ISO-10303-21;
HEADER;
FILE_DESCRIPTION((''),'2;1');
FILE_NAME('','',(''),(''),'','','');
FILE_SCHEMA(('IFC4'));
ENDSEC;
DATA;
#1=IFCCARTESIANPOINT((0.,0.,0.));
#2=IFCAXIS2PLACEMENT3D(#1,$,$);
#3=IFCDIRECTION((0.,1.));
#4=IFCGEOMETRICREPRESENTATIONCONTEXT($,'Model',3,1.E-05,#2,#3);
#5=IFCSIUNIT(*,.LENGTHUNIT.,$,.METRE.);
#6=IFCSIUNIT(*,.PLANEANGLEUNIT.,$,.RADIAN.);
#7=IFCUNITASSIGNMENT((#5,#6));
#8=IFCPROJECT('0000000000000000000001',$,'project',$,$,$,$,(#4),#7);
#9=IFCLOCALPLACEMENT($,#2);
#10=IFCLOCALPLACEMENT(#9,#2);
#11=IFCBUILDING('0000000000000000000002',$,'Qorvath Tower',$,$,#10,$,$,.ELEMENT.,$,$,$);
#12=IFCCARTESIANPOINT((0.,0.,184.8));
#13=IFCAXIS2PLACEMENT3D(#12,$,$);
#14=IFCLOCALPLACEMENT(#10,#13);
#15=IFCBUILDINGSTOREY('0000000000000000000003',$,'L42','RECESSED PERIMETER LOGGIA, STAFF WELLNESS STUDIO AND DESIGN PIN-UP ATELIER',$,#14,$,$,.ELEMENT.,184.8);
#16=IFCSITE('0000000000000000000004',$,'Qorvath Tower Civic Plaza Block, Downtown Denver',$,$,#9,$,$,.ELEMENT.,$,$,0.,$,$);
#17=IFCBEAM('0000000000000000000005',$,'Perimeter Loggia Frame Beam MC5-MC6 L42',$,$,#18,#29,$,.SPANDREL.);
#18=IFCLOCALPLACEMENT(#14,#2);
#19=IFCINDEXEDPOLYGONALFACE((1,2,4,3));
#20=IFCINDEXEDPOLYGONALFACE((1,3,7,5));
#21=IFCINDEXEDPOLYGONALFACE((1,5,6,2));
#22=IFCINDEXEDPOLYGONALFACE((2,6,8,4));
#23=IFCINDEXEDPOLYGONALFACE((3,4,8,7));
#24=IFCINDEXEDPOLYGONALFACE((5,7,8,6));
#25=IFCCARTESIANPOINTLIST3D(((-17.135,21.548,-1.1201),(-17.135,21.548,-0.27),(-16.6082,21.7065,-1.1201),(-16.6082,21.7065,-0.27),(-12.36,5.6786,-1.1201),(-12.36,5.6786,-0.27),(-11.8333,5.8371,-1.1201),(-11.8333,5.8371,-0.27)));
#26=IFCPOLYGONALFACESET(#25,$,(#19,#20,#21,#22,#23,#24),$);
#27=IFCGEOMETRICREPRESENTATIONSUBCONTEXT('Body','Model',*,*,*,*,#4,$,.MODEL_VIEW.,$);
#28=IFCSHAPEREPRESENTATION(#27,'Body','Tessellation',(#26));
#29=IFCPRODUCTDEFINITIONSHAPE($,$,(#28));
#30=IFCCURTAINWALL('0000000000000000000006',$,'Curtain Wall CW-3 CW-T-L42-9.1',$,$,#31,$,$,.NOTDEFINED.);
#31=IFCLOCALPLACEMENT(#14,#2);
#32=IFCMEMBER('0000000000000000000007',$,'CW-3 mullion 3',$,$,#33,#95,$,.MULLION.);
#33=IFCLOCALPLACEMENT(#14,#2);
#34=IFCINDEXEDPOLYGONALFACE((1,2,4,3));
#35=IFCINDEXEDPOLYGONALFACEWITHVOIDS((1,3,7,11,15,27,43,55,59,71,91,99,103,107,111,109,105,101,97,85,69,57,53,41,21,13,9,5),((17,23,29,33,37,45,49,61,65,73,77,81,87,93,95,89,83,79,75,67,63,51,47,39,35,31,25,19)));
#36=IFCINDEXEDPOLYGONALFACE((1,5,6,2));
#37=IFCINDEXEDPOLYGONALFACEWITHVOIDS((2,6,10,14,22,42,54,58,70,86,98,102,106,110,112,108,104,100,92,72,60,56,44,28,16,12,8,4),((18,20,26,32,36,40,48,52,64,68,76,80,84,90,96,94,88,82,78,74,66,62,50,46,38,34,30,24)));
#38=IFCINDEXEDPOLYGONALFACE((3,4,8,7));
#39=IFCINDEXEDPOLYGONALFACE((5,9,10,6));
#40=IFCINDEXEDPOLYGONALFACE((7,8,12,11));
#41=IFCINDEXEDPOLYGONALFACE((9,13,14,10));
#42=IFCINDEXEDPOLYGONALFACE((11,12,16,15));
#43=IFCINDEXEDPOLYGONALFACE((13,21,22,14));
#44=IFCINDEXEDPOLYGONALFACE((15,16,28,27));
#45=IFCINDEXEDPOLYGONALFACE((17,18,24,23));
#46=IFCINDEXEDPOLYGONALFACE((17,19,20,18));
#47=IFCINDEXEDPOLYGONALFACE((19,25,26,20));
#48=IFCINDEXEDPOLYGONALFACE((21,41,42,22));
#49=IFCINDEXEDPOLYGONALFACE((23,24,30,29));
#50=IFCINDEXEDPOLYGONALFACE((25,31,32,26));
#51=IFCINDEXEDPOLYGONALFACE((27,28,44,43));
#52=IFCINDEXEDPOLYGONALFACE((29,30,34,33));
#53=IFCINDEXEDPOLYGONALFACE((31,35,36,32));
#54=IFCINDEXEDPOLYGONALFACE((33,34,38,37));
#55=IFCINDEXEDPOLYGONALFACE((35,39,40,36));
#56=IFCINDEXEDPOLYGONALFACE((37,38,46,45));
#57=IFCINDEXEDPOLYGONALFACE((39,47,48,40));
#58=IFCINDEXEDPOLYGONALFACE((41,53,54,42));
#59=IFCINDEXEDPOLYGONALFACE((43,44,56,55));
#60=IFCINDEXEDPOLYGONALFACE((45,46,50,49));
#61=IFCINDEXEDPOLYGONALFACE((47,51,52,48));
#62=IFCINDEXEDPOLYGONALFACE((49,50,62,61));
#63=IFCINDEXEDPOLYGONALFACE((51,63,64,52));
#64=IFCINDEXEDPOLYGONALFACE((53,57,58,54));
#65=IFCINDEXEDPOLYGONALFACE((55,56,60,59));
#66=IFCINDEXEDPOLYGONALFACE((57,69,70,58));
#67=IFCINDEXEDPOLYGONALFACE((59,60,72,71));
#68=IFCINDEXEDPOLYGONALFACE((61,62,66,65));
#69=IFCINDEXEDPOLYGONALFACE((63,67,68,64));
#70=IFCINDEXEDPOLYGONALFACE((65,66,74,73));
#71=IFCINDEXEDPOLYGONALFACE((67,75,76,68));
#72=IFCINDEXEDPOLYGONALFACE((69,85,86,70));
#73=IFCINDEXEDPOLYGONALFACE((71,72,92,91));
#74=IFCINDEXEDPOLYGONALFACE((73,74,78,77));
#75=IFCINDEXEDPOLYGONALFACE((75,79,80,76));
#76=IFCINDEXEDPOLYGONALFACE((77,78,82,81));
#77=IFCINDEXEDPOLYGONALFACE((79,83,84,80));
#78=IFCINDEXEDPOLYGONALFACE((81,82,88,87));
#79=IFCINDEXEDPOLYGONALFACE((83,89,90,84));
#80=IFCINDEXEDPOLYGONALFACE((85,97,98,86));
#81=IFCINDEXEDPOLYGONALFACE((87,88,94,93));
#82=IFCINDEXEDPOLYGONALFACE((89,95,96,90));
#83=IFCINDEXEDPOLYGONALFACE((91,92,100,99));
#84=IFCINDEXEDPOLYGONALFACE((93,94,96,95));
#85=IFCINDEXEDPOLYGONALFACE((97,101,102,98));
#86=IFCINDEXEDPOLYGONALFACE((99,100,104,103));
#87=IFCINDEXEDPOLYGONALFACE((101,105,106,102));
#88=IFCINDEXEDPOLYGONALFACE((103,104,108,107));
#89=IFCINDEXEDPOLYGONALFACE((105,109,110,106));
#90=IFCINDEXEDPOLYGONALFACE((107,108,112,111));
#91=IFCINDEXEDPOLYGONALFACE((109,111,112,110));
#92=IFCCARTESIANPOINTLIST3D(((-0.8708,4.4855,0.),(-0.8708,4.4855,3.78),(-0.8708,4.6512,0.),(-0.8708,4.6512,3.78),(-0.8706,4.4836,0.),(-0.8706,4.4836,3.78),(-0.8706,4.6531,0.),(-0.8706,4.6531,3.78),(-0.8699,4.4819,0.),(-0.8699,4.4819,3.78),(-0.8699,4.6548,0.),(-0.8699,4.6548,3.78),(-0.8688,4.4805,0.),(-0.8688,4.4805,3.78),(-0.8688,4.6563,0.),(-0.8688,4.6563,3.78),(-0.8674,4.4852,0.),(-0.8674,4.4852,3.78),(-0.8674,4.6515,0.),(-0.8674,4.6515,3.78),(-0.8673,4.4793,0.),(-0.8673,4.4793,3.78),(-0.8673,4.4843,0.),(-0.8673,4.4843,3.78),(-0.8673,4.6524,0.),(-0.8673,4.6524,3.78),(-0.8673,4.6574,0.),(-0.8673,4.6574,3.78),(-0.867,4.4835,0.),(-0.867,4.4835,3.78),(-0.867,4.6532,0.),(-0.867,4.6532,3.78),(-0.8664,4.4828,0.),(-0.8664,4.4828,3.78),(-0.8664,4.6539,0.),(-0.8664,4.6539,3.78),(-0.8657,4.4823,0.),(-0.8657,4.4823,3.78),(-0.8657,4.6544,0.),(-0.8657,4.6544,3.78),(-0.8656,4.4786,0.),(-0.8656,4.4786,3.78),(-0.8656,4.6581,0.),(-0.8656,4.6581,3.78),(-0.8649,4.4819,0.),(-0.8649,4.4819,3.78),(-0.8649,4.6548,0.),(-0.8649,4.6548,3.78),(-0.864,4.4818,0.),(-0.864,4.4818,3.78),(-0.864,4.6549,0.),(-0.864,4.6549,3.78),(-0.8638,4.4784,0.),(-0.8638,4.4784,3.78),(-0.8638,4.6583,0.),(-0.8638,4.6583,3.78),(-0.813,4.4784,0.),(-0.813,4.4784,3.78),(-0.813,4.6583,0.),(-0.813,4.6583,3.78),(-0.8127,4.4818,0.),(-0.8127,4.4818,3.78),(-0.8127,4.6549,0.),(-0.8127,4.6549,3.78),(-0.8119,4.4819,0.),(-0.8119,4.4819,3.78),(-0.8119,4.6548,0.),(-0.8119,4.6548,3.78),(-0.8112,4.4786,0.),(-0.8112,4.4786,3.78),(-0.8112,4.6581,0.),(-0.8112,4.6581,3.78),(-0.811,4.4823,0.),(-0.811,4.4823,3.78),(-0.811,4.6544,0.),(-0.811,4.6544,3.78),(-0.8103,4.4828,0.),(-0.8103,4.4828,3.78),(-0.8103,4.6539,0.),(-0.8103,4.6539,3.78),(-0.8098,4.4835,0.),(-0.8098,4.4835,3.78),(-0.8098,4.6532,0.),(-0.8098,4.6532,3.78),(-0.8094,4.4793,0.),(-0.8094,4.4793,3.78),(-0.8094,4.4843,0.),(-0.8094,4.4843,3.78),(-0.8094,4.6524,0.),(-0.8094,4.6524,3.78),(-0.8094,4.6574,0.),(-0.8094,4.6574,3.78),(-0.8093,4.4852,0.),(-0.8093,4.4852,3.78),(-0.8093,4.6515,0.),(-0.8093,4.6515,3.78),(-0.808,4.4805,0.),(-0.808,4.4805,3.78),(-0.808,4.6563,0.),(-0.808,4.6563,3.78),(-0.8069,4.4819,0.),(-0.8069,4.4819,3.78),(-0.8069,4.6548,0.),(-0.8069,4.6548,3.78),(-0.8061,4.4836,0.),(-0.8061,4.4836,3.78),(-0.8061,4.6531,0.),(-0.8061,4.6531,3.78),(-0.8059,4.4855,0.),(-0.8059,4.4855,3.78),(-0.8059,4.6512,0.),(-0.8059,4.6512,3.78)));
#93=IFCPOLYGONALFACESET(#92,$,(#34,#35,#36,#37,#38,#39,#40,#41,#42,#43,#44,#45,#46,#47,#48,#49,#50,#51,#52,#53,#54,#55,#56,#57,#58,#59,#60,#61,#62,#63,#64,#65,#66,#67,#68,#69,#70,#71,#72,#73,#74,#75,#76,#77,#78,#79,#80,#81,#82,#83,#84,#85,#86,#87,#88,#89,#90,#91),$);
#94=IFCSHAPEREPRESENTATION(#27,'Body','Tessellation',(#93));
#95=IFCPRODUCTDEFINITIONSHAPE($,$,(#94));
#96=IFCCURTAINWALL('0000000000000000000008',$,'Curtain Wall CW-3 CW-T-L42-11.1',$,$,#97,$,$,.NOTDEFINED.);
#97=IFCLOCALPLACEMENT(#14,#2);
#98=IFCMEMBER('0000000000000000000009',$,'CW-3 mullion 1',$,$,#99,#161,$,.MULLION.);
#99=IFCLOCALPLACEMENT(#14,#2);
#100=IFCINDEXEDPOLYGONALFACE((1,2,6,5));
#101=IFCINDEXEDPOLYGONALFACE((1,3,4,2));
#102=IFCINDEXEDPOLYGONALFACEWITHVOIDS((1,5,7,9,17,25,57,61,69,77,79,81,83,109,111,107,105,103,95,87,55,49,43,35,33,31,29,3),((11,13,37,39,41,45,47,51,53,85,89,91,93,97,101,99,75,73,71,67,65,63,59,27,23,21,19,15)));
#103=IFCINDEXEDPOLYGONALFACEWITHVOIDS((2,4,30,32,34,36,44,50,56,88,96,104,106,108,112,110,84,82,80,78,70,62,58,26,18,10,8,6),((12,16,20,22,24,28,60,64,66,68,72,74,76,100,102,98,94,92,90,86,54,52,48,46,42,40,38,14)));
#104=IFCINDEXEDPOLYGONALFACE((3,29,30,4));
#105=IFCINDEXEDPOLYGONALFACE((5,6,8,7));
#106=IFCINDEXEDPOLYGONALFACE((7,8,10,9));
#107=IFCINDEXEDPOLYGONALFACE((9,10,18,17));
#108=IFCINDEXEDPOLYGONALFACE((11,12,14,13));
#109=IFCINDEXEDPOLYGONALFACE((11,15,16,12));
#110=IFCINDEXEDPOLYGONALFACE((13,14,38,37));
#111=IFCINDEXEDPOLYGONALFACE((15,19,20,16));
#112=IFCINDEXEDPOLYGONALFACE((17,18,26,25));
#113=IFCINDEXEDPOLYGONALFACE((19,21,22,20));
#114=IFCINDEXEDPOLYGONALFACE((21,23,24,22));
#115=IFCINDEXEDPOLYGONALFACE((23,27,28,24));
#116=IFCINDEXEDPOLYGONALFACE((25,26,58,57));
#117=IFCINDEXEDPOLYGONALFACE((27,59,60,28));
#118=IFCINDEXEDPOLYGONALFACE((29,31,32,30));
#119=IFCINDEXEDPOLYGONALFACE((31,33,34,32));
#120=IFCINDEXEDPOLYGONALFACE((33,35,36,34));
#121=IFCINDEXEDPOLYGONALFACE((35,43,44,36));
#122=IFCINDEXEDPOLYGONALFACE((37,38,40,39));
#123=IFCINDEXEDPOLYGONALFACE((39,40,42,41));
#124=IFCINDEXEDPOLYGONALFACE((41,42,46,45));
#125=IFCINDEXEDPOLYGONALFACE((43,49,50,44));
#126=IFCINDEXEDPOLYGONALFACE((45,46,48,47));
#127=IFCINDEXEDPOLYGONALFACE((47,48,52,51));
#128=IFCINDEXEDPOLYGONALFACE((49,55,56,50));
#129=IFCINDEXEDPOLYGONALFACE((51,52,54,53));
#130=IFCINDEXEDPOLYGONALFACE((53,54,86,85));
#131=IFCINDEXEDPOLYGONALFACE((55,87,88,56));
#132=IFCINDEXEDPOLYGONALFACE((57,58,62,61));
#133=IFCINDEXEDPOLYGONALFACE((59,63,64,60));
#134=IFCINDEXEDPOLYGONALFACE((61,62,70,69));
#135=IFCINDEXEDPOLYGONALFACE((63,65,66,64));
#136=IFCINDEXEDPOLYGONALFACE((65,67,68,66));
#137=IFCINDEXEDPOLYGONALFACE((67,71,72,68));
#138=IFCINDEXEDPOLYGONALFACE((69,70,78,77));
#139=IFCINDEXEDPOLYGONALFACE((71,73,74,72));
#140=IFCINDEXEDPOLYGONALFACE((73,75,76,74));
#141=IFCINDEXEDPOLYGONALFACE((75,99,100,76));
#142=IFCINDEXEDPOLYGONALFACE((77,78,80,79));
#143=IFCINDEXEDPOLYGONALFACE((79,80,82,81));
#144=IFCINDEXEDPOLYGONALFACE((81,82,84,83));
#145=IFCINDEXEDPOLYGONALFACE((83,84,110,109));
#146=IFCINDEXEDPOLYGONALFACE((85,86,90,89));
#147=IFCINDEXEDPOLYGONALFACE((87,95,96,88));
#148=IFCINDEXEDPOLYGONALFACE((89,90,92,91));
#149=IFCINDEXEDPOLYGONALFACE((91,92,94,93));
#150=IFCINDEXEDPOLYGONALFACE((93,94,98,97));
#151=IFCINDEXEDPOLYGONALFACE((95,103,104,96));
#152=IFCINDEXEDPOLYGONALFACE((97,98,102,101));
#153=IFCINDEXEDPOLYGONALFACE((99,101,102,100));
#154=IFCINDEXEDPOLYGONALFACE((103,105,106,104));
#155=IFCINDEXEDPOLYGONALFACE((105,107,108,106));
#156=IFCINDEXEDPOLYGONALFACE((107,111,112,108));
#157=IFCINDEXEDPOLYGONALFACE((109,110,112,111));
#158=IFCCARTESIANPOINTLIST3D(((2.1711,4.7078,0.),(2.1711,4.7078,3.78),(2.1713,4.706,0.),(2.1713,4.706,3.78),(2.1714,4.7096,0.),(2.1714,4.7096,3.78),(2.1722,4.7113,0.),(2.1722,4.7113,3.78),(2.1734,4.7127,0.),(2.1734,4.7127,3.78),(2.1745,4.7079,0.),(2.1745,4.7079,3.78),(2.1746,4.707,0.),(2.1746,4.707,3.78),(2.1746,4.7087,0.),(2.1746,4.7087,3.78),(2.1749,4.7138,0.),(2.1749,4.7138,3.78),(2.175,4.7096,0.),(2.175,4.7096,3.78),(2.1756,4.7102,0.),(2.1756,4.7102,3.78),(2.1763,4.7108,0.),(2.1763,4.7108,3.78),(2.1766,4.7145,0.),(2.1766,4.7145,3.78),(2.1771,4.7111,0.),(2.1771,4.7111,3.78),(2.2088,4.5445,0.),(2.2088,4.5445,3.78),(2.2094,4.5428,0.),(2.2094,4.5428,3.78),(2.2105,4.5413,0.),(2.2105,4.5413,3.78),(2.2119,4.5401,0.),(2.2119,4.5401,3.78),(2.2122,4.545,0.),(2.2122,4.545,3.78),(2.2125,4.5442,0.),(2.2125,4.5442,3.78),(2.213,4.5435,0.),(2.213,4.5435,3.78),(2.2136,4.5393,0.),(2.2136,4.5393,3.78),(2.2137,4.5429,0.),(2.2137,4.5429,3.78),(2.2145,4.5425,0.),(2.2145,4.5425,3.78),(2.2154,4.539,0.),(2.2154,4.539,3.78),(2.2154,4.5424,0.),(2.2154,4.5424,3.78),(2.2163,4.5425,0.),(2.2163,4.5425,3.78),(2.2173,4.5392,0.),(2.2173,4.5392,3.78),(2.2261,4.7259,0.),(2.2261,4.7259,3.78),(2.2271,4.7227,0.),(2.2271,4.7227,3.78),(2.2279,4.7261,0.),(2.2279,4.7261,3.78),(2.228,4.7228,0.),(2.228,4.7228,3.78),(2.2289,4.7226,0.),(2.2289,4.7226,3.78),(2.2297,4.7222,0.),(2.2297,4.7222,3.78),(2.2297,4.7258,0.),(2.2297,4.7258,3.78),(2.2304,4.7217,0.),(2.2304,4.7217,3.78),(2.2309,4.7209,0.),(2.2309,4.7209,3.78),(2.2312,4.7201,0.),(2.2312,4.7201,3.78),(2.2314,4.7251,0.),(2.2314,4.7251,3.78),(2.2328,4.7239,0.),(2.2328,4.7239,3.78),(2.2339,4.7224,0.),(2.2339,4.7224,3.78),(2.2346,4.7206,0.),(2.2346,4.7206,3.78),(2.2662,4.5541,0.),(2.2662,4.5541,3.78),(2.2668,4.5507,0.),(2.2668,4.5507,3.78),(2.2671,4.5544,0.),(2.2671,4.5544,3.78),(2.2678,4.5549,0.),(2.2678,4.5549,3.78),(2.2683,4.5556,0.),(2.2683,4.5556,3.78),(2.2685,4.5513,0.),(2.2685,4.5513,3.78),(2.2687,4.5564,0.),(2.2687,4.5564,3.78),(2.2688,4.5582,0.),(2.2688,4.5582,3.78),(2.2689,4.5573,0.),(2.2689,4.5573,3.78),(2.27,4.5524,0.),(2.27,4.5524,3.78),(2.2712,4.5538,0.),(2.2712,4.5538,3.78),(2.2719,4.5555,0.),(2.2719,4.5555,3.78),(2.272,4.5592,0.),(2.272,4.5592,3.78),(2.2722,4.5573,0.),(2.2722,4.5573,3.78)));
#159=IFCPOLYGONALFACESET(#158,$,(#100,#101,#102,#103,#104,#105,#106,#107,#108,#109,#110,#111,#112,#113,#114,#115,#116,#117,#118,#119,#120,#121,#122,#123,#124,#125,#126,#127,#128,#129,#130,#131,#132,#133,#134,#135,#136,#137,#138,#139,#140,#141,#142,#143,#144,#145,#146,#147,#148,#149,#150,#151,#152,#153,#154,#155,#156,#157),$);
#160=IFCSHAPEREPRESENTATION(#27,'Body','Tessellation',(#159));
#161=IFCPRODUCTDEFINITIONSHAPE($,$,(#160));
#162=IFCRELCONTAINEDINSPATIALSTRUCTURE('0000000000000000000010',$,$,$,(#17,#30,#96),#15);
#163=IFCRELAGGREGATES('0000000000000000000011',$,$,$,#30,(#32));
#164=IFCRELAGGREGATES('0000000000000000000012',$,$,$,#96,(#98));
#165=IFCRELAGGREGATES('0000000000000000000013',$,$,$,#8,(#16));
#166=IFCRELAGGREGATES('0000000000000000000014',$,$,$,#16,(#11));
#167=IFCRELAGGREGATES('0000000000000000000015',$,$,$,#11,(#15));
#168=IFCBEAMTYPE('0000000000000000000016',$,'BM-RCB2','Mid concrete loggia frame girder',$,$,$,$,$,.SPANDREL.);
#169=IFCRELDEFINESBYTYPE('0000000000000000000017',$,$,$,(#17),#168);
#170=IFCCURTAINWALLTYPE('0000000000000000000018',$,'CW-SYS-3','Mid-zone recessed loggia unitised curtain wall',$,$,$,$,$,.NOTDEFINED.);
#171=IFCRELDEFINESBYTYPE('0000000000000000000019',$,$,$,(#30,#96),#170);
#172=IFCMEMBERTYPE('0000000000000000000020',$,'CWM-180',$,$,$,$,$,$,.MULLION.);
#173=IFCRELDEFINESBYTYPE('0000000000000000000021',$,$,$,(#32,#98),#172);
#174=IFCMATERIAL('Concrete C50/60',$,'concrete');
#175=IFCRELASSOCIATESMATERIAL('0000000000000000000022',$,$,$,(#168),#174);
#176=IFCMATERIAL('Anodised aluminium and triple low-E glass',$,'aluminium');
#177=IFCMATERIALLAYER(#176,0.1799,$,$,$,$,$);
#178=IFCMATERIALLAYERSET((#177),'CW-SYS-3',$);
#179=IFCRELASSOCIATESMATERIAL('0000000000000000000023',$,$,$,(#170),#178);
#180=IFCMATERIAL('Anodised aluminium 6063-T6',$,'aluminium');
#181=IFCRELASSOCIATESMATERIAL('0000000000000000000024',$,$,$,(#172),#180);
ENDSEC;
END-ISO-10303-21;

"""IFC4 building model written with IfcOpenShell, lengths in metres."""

from ifc_helpers import new_model, si_unit, direction, frame, origin, origin_2d, place, context, subcontext, project, spatial, rectangle, hollow_rectangle, extrude, material, layer, layer_set, material_profile, profile_set, type_object, element, aggregate, save


model = new_model("IFC4")

# Units and contexts
model_context = context("Model", 3, precision=1e-05, world=origin(), true_north=direction((0.0, 1.0)))
body_context = subcontext(model_context, "Body", "Model", "MODEL_VIEW")
ifc_project = project(units=[si_unit("LENGTHUNIT", "METRE"), si_unit("PLANEANGLEUNIT", "RADIAN")], contexts=[model_context])

# Site, building, storey
site_placement = place(None, origin())
site = spatial("IfcSite", under=ifc_project, at=site_placement, Name="Qorvath Tower Civic Plaza Block, Downtown Denver", CompositionType="ELEMENT", RefElevation=0.0)
building_placement = place(site_placement, origin())
building = spatial("IfcBuilding", under=site, at=building_placement, Name="Qorvath Tower", CompositionType="ELEMENT")
storey_placement = place(building_placement, frame((0.0, 0.0, 184.8)))
storey = spatial("IfcBuildingStorey", under=building, at=storey_placement, Name="L42", Description="RECESSED PERIMETER LOGGIA, STAFF WELLNESS STUDIO AND DESIGN PIN-UP ATELIER", CompositionType="ELEMENT", Elevation=184.8)

# Beam
ifc_material_1 = material(Name="Concrete C50/60", Category="concrete")
ifc_material_profile_1 = material_profile(ifc_material_1, rectangle(XDim=0.55, YDim=0.8501, at=origin_2d()), Name="RCB 850x550")
ifc_profile_set_1 = profile_set([ifc_material_profile_1], Name="Concrete C50/60")
beam_type_1 = type_object("IfcBeamType", Name="BM-RCB2", Description="Mid concrete loggia frame girder", PredefinedType="SPANDREL", material=ifc_profile_set_1)
beam_1_placement = place(storey_placement, frame((-12.0967, 5.7578, -0.6951), z_axis=(-0.288128, 0.957592, 0.0), x_axis=(-0.957592, -0.288128, 0.0)))
element("IfcBeam", 1, at=beam_1_placement, inside=storey, type_object=beam_type_1, Name="Perimeter Loggia Frame Beam MC5-MC6 L42", PredefinedType="SPANDREL", context=body_context, shape_type="SweptSolid", body=[
    extrude(rectangle(XDim=0.55, YDim=0.8501, at=origin_2d()), origin(), (0.0, 0.0, 1.0), 16.5723),
])

# Curtain wall, member
ifc_material_2 = material(Name="Anodised aluminium and triple low-E glass", Category="aluminium")
ifc_layer_1 = layer(ifc_material_2, 0.1799)
ifc_layer_set_1 = layer_set([ifc_layer_1], Name="CW-SYS-3")
curtain_wall_type = type_object("IfcCurtainWallType", Name="CW-SYS-3", Description="Mid-zone recessed loggia unitised curtain wall", PredefinedType="NOTDEFINED", material=ifc_layer_set_1)
curtain_wall_1_placement = place(storey_placement, origin())
curtain_wall_1 = element("IfcCurtainWall", 2, at=curtain_wall_1_placement, inside=storey, type_object=curtain_wall_type, Name="Curtain Wall CW-3 CW-T-L42-9.1", PredefinedType="NOTDEFINED")
ifc_material_3 = material(Name="Anodised aluminium 6063-T6", Category="aluminium")
ifc_material_profile_2 = material_profile(ifc_material_3, hollow_rectangle(XDim=0.0649, YDim=0.1799, WallThickness=0.0034, InnerFilletRadius=0.0034, OuterFilletRadius=0.0071, at=origin_2d()), Name="CWM 180x65")
ifc_profile_set_2 = profile_set([ifc_material_profile_2], Name="Anodised aluminium 6063-T6")
member_type_1 = type_object("IfcMemberType", Name="CWM-180", PredefinedType="MULLION", material=ifc_profile_set_2)
member_1_placement = place(storey_placement, frame((-0.8384, 4.5684, 0.0), z_axis=(0.0, 0.0, 1.0), x_axis=(-1.0, 0.0, 0.0)))
member_1 = element("IfcMember", 3, at=member_1_placement, type_object=member_type_1, Name="CW-3 mullion 3", PredefinedType="MULLION", context=body_context, shape_type="SweptSolid", body=[
    extrude(hollow_rectangle(XDim=0.0649, YDim=0.1799, WallThickness=0.0034, InnerFilletRadius=0.0034, OuterFilletRadius=0.0071, at=origin_2d()), origin(), (0.0, 0.0, 1.0), 3.78),
])
aggregate(curtain_wall_1, [member_1])

# Curtain wall, member
curtain_wall_2_placement = place(storey_placement, origin())
curtain_wall_2 = element("IfcCurtainWall", 4, at=curtain_wall_2_placement, inside=storey, type_object=curtain_wall_type, Name="Curtain Wall CW-3 CW-T-L42-11.1", PredefinedType="NOTDEFINED")
member_2_placement = place(storey_placement, frame((2.2217, 4.6326, 0.0), z_axis=(0.0, 0.0, 1.0), x_axis=(-0.974111, -0.226069, 0.0)))
member_2 = element("IfcMember", 5, at=member_2_placement, type_object=member_type_1, Name="CW-3 mullion 1", PredefinedType="MULLION", context=body_context, shape_type="SweptSolid", body=[
    extrude(hollow_rectangle(XDim=0.0649, YDim=0.1799, WallThickness=0.0034, InnerFilletRadius=0.0034, OuterFilletRadius=0.0071, at=origin_2d()), origin(), (0.0, 0.0, 1.0), 3.78),
])

aggregate(curtain_wall_2, [member_2])

save(model, "model.ifc")
